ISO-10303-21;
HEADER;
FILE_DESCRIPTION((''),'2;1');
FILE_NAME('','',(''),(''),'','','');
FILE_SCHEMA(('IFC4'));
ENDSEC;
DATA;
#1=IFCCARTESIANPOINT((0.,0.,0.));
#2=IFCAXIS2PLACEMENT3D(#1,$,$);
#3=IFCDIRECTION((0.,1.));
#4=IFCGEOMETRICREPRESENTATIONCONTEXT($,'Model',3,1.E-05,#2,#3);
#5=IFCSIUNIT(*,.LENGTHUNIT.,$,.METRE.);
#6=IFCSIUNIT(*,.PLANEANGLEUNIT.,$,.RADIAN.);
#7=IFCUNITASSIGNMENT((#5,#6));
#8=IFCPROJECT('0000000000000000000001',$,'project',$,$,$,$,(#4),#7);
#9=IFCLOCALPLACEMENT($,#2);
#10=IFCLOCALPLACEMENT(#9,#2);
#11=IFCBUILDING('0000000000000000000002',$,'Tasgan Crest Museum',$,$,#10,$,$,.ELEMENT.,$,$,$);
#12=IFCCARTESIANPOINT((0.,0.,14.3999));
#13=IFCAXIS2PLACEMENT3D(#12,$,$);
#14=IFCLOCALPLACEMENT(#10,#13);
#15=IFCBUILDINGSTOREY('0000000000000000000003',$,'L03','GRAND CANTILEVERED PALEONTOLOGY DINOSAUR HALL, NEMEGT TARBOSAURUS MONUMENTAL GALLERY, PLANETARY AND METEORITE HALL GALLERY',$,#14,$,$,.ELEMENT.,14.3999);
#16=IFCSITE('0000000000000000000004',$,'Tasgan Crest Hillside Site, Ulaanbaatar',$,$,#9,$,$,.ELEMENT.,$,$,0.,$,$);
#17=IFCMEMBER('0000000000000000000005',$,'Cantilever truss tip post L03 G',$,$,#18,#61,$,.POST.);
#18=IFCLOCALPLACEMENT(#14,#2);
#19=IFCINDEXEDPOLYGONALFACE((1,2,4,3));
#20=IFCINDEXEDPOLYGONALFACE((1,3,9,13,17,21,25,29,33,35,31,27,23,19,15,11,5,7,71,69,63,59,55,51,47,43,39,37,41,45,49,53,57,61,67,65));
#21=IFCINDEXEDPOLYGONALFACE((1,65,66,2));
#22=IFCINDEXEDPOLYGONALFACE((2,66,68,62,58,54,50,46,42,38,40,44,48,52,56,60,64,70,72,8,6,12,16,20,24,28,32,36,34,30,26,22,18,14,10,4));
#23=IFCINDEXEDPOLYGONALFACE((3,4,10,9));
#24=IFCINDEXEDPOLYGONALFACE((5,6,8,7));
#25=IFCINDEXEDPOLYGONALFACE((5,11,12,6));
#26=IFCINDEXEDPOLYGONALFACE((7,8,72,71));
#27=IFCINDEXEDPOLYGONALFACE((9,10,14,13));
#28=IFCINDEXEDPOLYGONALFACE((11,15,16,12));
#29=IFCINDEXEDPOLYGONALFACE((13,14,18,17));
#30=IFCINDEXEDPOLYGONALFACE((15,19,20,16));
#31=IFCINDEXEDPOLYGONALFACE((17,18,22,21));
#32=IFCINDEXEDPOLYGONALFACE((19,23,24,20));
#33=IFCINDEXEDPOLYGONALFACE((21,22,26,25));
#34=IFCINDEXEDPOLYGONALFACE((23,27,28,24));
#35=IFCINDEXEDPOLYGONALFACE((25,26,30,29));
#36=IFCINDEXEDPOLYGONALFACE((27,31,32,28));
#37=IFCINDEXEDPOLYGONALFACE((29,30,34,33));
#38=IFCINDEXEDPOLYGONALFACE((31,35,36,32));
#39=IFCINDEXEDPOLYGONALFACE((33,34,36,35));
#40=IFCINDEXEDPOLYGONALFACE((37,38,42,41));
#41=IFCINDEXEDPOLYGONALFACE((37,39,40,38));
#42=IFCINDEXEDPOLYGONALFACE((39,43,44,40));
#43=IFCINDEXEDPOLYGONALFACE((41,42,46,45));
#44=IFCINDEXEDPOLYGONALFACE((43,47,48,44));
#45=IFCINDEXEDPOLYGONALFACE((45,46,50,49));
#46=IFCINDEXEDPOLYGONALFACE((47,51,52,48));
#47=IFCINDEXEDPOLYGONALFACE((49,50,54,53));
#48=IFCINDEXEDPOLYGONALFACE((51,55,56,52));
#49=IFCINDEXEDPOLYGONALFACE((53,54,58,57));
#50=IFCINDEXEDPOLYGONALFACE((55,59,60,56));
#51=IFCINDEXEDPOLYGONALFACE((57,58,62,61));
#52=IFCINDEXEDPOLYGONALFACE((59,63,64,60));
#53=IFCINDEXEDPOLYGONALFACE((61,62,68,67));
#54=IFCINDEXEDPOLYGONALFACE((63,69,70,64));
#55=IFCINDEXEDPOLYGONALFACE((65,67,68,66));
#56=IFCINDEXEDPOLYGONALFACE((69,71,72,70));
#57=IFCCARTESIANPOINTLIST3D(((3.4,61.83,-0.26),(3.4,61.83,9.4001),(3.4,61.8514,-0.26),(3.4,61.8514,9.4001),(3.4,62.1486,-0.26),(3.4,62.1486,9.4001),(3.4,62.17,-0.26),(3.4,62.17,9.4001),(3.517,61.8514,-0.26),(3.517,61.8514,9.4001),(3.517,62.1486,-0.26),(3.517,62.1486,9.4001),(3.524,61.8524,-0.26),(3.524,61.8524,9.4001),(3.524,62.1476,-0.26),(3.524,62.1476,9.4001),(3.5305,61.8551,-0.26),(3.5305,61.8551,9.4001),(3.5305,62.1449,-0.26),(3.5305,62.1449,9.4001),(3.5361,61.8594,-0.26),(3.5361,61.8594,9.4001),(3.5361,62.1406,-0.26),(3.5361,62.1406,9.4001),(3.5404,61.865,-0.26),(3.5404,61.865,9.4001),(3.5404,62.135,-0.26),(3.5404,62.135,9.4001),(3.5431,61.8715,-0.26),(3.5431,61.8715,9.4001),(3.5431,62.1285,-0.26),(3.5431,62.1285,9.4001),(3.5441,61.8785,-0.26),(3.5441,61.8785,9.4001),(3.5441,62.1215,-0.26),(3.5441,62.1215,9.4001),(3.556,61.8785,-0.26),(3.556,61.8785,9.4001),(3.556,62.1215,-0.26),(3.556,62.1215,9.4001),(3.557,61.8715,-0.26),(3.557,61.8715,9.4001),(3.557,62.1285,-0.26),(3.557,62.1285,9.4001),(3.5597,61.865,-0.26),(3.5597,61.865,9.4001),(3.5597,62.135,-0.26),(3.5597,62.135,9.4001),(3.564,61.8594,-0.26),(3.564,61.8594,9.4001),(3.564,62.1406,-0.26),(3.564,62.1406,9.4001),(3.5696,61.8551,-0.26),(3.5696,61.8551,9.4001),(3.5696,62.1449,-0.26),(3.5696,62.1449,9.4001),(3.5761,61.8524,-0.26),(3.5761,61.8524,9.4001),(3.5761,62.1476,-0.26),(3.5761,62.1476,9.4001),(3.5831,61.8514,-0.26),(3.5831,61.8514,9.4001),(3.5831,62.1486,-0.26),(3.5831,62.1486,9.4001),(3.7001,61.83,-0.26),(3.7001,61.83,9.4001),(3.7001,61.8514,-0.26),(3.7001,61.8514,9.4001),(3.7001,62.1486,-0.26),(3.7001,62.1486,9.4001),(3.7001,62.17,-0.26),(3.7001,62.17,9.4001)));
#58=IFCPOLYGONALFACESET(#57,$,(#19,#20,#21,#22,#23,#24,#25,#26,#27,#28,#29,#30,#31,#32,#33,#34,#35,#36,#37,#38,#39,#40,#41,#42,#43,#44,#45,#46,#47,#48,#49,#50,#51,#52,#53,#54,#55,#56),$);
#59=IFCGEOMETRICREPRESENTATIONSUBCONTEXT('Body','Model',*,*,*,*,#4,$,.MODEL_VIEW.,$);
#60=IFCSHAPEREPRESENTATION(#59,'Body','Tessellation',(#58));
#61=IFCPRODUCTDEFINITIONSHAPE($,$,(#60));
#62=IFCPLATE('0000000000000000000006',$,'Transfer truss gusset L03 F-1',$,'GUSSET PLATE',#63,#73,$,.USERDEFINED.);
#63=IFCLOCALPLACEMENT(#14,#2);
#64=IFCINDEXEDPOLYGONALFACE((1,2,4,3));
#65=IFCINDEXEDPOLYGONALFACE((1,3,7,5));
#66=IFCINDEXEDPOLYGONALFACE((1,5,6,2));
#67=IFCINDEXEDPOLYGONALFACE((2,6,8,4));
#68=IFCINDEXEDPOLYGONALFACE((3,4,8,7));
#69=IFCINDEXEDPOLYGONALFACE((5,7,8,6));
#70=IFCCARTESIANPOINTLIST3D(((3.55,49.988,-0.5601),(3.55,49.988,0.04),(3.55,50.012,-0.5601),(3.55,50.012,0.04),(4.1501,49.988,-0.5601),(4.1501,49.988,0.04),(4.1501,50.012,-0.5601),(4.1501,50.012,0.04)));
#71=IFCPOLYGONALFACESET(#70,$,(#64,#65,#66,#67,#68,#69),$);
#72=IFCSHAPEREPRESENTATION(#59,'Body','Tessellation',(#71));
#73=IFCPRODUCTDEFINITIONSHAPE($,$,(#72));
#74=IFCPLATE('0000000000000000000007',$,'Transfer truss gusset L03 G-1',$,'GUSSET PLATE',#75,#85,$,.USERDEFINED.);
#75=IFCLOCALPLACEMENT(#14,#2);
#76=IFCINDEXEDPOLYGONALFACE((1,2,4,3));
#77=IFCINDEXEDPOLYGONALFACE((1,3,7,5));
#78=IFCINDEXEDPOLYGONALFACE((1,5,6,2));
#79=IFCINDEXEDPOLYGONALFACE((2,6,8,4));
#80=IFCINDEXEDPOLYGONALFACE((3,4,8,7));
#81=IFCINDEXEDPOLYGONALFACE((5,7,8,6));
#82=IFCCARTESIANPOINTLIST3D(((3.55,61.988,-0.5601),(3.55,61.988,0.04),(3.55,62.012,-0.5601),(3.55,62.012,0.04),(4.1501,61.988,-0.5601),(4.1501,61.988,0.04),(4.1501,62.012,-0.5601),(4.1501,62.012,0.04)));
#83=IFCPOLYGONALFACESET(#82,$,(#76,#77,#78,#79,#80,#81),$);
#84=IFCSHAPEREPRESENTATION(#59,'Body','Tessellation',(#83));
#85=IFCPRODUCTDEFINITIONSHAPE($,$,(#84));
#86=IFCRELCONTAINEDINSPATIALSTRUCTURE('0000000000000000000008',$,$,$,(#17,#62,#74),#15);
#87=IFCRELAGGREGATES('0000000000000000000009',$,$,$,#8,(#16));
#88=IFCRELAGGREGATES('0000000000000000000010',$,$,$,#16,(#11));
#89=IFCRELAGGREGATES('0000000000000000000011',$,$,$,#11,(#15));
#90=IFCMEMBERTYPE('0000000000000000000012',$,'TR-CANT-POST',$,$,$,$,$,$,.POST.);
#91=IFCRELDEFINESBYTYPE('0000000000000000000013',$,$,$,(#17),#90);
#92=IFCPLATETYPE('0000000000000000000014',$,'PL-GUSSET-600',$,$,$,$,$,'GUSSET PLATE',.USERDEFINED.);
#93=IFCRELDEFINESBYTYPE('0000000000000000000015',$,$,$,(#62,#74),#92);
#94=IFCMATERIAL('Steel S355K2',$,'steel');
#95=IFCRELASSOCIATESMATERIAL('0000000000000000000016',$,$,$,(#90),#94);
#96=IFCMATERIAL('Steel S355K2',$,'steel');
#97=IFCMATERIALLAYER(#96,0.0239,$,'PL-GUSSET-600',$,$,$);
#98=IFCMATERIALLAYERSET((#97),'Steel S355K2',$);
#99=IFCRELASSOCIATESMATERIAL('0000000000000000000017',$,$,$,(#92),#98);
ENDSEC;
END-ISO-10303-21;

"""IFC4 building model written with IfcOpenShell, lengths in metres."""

from ifc_helpers import new_model, si_unit, direction, frame, origin, origin_2d, place, context, subcontext, project, spatial, rectangle, i_section, extrude, material, layer, layer_set, material_profile, profile_set, type_object, element, save


model = new_model("IFC4")

# Units and contexts
model_context = context("Model", 3, precision=1e-05, world=origin(), true_north=direction((0.0, 1.0)))
body_context = subcontext(model_context, "Body", "Model", "MODEL_VIEW")
ifc_project = project(units=[si_unit("LENGTHUNIT", "METRE"), si_unit("PLANEANGLEUNIT", "RADIAN")], contexts=[model_context])

# Site, building, storey
site_placement = place(None, origin())
site = spatial("IfcSite", under=ifc_project, at=site_placement, Name="Tasgan Crest Hillside Site, Ulaanbaatar", CompositionType="ELEMENT", RefElevation=0.0)
building_placement = place(site_placement, origin())
building = spatial("IfcBuilding", under=site, at=building_placement, Name="Tasgan Crest Museum", CompositionType="ELEMENT")
storey_placement = place(building_placement, frame((0.0, 0.0, 14.3999)))
storey = spatial("IfcBuildingStorey", under=building, at=storey_placement, Name="L03", Description="GRAND CANTILEVERED PALEONTOLOGY DINOSAUR HALL, NEMEGT TARBOSAURUS MONUMENTAL GALLERY, PLANETARY AND METEORITE HALL GALLERY", CompositionType="ELEMENT", Elevation=14.3999)

# Member
ifc_material_1 = material(Name="Steel S355K2", Category="steel")
ifc_material_profile_1 = material_profile(ifc_material_1, i_section(OverallWidth=0.3, OverallDepth=0.3401, WebThickness=0.012, FlangeThickness=0.0215, FilletRadius=0.0271, at=origin_2d()), Name="HEB 340")
ifc_profile_set_1 = profile_set([ifc_material_profile_1], Name="Steel S355K2")
member_type_1 = type_object("IfcMemberType", Name="TR-CANT-POST", PredefinedType="POST", material=ifc_profile_set_1)
for number, where, z_axis, x_axis, name in (
    (1, (3.55, 62.0, -0.26), (0.0, 0.0, 1.0), (1.0, 0.0, 0.0), "Cantilever truss tip post L03 G"),
):
    element("IfcMember", number, at=place(storey_placement, frame(where, z_axis=z_axis, x_axis=x_axis)), inside=storey, type_object=member_type_1, Name=name, PredefinedType="POST", context=body_context, shape_type="SweptSolid", body=[
        extrude(i_section(OverallWidth=0.3, OverallDepth=0.3401, WebThickness=0.012, FlangeThickness=0.0215, FilletRadius=0.0271, at=origin_2d()), origin(), (0.0, 0.0, 1.0), 9.6602),
    ])

# Plates
ifc_material_2 = material(Name="Steel S355K2", Category="steel")
ifc_layer_1 = layer(ifc_material_2, 0.0239, Name="PL-GUSSET-600")
ifc_layer_set_1 = layer_set([ifc_layer_1], Name="Steel S355K2")
plate_type = type_object("IfcPlateType", Name="PL-GUSSET-600", ElementType="GUSSET PLATE", PredefinedType="USERDEFINED", material=ifc_layer_set_1)
for number, where, z_axis, x_axis, name in (
    (2, (3.8501, 50.0, -0.5601), (0.0, 0.0, 1.0), (1.0, 0.0, 0.0), "Transfer truss gusset L03 F-1"),
    (3, (3.8501, 62.0, -0.5601), (0.0, 0.0, 1.0), (1.0, 0.0, 0.0), "Transfer truss gusset L03 G-1"),
):
    element("IfcPlate", number, at=place(storey_placement, frame(where, z_axis=z_axis, x_axis=x_axis)), inside=storey, type_object=plate_type, Name=name, ObjectType="GUSSET PLATE", PredefinedType="USERDEFINED", context=body_context, shape_type="SweptSolid", body=[
        extrude(rectangle(XDim=0.6001, YDim=0.0239, at=origin_2d()), origin(), (0.0, 0.0, 1.0), 0.6001),
    ])

save(model, "model.ifc")
